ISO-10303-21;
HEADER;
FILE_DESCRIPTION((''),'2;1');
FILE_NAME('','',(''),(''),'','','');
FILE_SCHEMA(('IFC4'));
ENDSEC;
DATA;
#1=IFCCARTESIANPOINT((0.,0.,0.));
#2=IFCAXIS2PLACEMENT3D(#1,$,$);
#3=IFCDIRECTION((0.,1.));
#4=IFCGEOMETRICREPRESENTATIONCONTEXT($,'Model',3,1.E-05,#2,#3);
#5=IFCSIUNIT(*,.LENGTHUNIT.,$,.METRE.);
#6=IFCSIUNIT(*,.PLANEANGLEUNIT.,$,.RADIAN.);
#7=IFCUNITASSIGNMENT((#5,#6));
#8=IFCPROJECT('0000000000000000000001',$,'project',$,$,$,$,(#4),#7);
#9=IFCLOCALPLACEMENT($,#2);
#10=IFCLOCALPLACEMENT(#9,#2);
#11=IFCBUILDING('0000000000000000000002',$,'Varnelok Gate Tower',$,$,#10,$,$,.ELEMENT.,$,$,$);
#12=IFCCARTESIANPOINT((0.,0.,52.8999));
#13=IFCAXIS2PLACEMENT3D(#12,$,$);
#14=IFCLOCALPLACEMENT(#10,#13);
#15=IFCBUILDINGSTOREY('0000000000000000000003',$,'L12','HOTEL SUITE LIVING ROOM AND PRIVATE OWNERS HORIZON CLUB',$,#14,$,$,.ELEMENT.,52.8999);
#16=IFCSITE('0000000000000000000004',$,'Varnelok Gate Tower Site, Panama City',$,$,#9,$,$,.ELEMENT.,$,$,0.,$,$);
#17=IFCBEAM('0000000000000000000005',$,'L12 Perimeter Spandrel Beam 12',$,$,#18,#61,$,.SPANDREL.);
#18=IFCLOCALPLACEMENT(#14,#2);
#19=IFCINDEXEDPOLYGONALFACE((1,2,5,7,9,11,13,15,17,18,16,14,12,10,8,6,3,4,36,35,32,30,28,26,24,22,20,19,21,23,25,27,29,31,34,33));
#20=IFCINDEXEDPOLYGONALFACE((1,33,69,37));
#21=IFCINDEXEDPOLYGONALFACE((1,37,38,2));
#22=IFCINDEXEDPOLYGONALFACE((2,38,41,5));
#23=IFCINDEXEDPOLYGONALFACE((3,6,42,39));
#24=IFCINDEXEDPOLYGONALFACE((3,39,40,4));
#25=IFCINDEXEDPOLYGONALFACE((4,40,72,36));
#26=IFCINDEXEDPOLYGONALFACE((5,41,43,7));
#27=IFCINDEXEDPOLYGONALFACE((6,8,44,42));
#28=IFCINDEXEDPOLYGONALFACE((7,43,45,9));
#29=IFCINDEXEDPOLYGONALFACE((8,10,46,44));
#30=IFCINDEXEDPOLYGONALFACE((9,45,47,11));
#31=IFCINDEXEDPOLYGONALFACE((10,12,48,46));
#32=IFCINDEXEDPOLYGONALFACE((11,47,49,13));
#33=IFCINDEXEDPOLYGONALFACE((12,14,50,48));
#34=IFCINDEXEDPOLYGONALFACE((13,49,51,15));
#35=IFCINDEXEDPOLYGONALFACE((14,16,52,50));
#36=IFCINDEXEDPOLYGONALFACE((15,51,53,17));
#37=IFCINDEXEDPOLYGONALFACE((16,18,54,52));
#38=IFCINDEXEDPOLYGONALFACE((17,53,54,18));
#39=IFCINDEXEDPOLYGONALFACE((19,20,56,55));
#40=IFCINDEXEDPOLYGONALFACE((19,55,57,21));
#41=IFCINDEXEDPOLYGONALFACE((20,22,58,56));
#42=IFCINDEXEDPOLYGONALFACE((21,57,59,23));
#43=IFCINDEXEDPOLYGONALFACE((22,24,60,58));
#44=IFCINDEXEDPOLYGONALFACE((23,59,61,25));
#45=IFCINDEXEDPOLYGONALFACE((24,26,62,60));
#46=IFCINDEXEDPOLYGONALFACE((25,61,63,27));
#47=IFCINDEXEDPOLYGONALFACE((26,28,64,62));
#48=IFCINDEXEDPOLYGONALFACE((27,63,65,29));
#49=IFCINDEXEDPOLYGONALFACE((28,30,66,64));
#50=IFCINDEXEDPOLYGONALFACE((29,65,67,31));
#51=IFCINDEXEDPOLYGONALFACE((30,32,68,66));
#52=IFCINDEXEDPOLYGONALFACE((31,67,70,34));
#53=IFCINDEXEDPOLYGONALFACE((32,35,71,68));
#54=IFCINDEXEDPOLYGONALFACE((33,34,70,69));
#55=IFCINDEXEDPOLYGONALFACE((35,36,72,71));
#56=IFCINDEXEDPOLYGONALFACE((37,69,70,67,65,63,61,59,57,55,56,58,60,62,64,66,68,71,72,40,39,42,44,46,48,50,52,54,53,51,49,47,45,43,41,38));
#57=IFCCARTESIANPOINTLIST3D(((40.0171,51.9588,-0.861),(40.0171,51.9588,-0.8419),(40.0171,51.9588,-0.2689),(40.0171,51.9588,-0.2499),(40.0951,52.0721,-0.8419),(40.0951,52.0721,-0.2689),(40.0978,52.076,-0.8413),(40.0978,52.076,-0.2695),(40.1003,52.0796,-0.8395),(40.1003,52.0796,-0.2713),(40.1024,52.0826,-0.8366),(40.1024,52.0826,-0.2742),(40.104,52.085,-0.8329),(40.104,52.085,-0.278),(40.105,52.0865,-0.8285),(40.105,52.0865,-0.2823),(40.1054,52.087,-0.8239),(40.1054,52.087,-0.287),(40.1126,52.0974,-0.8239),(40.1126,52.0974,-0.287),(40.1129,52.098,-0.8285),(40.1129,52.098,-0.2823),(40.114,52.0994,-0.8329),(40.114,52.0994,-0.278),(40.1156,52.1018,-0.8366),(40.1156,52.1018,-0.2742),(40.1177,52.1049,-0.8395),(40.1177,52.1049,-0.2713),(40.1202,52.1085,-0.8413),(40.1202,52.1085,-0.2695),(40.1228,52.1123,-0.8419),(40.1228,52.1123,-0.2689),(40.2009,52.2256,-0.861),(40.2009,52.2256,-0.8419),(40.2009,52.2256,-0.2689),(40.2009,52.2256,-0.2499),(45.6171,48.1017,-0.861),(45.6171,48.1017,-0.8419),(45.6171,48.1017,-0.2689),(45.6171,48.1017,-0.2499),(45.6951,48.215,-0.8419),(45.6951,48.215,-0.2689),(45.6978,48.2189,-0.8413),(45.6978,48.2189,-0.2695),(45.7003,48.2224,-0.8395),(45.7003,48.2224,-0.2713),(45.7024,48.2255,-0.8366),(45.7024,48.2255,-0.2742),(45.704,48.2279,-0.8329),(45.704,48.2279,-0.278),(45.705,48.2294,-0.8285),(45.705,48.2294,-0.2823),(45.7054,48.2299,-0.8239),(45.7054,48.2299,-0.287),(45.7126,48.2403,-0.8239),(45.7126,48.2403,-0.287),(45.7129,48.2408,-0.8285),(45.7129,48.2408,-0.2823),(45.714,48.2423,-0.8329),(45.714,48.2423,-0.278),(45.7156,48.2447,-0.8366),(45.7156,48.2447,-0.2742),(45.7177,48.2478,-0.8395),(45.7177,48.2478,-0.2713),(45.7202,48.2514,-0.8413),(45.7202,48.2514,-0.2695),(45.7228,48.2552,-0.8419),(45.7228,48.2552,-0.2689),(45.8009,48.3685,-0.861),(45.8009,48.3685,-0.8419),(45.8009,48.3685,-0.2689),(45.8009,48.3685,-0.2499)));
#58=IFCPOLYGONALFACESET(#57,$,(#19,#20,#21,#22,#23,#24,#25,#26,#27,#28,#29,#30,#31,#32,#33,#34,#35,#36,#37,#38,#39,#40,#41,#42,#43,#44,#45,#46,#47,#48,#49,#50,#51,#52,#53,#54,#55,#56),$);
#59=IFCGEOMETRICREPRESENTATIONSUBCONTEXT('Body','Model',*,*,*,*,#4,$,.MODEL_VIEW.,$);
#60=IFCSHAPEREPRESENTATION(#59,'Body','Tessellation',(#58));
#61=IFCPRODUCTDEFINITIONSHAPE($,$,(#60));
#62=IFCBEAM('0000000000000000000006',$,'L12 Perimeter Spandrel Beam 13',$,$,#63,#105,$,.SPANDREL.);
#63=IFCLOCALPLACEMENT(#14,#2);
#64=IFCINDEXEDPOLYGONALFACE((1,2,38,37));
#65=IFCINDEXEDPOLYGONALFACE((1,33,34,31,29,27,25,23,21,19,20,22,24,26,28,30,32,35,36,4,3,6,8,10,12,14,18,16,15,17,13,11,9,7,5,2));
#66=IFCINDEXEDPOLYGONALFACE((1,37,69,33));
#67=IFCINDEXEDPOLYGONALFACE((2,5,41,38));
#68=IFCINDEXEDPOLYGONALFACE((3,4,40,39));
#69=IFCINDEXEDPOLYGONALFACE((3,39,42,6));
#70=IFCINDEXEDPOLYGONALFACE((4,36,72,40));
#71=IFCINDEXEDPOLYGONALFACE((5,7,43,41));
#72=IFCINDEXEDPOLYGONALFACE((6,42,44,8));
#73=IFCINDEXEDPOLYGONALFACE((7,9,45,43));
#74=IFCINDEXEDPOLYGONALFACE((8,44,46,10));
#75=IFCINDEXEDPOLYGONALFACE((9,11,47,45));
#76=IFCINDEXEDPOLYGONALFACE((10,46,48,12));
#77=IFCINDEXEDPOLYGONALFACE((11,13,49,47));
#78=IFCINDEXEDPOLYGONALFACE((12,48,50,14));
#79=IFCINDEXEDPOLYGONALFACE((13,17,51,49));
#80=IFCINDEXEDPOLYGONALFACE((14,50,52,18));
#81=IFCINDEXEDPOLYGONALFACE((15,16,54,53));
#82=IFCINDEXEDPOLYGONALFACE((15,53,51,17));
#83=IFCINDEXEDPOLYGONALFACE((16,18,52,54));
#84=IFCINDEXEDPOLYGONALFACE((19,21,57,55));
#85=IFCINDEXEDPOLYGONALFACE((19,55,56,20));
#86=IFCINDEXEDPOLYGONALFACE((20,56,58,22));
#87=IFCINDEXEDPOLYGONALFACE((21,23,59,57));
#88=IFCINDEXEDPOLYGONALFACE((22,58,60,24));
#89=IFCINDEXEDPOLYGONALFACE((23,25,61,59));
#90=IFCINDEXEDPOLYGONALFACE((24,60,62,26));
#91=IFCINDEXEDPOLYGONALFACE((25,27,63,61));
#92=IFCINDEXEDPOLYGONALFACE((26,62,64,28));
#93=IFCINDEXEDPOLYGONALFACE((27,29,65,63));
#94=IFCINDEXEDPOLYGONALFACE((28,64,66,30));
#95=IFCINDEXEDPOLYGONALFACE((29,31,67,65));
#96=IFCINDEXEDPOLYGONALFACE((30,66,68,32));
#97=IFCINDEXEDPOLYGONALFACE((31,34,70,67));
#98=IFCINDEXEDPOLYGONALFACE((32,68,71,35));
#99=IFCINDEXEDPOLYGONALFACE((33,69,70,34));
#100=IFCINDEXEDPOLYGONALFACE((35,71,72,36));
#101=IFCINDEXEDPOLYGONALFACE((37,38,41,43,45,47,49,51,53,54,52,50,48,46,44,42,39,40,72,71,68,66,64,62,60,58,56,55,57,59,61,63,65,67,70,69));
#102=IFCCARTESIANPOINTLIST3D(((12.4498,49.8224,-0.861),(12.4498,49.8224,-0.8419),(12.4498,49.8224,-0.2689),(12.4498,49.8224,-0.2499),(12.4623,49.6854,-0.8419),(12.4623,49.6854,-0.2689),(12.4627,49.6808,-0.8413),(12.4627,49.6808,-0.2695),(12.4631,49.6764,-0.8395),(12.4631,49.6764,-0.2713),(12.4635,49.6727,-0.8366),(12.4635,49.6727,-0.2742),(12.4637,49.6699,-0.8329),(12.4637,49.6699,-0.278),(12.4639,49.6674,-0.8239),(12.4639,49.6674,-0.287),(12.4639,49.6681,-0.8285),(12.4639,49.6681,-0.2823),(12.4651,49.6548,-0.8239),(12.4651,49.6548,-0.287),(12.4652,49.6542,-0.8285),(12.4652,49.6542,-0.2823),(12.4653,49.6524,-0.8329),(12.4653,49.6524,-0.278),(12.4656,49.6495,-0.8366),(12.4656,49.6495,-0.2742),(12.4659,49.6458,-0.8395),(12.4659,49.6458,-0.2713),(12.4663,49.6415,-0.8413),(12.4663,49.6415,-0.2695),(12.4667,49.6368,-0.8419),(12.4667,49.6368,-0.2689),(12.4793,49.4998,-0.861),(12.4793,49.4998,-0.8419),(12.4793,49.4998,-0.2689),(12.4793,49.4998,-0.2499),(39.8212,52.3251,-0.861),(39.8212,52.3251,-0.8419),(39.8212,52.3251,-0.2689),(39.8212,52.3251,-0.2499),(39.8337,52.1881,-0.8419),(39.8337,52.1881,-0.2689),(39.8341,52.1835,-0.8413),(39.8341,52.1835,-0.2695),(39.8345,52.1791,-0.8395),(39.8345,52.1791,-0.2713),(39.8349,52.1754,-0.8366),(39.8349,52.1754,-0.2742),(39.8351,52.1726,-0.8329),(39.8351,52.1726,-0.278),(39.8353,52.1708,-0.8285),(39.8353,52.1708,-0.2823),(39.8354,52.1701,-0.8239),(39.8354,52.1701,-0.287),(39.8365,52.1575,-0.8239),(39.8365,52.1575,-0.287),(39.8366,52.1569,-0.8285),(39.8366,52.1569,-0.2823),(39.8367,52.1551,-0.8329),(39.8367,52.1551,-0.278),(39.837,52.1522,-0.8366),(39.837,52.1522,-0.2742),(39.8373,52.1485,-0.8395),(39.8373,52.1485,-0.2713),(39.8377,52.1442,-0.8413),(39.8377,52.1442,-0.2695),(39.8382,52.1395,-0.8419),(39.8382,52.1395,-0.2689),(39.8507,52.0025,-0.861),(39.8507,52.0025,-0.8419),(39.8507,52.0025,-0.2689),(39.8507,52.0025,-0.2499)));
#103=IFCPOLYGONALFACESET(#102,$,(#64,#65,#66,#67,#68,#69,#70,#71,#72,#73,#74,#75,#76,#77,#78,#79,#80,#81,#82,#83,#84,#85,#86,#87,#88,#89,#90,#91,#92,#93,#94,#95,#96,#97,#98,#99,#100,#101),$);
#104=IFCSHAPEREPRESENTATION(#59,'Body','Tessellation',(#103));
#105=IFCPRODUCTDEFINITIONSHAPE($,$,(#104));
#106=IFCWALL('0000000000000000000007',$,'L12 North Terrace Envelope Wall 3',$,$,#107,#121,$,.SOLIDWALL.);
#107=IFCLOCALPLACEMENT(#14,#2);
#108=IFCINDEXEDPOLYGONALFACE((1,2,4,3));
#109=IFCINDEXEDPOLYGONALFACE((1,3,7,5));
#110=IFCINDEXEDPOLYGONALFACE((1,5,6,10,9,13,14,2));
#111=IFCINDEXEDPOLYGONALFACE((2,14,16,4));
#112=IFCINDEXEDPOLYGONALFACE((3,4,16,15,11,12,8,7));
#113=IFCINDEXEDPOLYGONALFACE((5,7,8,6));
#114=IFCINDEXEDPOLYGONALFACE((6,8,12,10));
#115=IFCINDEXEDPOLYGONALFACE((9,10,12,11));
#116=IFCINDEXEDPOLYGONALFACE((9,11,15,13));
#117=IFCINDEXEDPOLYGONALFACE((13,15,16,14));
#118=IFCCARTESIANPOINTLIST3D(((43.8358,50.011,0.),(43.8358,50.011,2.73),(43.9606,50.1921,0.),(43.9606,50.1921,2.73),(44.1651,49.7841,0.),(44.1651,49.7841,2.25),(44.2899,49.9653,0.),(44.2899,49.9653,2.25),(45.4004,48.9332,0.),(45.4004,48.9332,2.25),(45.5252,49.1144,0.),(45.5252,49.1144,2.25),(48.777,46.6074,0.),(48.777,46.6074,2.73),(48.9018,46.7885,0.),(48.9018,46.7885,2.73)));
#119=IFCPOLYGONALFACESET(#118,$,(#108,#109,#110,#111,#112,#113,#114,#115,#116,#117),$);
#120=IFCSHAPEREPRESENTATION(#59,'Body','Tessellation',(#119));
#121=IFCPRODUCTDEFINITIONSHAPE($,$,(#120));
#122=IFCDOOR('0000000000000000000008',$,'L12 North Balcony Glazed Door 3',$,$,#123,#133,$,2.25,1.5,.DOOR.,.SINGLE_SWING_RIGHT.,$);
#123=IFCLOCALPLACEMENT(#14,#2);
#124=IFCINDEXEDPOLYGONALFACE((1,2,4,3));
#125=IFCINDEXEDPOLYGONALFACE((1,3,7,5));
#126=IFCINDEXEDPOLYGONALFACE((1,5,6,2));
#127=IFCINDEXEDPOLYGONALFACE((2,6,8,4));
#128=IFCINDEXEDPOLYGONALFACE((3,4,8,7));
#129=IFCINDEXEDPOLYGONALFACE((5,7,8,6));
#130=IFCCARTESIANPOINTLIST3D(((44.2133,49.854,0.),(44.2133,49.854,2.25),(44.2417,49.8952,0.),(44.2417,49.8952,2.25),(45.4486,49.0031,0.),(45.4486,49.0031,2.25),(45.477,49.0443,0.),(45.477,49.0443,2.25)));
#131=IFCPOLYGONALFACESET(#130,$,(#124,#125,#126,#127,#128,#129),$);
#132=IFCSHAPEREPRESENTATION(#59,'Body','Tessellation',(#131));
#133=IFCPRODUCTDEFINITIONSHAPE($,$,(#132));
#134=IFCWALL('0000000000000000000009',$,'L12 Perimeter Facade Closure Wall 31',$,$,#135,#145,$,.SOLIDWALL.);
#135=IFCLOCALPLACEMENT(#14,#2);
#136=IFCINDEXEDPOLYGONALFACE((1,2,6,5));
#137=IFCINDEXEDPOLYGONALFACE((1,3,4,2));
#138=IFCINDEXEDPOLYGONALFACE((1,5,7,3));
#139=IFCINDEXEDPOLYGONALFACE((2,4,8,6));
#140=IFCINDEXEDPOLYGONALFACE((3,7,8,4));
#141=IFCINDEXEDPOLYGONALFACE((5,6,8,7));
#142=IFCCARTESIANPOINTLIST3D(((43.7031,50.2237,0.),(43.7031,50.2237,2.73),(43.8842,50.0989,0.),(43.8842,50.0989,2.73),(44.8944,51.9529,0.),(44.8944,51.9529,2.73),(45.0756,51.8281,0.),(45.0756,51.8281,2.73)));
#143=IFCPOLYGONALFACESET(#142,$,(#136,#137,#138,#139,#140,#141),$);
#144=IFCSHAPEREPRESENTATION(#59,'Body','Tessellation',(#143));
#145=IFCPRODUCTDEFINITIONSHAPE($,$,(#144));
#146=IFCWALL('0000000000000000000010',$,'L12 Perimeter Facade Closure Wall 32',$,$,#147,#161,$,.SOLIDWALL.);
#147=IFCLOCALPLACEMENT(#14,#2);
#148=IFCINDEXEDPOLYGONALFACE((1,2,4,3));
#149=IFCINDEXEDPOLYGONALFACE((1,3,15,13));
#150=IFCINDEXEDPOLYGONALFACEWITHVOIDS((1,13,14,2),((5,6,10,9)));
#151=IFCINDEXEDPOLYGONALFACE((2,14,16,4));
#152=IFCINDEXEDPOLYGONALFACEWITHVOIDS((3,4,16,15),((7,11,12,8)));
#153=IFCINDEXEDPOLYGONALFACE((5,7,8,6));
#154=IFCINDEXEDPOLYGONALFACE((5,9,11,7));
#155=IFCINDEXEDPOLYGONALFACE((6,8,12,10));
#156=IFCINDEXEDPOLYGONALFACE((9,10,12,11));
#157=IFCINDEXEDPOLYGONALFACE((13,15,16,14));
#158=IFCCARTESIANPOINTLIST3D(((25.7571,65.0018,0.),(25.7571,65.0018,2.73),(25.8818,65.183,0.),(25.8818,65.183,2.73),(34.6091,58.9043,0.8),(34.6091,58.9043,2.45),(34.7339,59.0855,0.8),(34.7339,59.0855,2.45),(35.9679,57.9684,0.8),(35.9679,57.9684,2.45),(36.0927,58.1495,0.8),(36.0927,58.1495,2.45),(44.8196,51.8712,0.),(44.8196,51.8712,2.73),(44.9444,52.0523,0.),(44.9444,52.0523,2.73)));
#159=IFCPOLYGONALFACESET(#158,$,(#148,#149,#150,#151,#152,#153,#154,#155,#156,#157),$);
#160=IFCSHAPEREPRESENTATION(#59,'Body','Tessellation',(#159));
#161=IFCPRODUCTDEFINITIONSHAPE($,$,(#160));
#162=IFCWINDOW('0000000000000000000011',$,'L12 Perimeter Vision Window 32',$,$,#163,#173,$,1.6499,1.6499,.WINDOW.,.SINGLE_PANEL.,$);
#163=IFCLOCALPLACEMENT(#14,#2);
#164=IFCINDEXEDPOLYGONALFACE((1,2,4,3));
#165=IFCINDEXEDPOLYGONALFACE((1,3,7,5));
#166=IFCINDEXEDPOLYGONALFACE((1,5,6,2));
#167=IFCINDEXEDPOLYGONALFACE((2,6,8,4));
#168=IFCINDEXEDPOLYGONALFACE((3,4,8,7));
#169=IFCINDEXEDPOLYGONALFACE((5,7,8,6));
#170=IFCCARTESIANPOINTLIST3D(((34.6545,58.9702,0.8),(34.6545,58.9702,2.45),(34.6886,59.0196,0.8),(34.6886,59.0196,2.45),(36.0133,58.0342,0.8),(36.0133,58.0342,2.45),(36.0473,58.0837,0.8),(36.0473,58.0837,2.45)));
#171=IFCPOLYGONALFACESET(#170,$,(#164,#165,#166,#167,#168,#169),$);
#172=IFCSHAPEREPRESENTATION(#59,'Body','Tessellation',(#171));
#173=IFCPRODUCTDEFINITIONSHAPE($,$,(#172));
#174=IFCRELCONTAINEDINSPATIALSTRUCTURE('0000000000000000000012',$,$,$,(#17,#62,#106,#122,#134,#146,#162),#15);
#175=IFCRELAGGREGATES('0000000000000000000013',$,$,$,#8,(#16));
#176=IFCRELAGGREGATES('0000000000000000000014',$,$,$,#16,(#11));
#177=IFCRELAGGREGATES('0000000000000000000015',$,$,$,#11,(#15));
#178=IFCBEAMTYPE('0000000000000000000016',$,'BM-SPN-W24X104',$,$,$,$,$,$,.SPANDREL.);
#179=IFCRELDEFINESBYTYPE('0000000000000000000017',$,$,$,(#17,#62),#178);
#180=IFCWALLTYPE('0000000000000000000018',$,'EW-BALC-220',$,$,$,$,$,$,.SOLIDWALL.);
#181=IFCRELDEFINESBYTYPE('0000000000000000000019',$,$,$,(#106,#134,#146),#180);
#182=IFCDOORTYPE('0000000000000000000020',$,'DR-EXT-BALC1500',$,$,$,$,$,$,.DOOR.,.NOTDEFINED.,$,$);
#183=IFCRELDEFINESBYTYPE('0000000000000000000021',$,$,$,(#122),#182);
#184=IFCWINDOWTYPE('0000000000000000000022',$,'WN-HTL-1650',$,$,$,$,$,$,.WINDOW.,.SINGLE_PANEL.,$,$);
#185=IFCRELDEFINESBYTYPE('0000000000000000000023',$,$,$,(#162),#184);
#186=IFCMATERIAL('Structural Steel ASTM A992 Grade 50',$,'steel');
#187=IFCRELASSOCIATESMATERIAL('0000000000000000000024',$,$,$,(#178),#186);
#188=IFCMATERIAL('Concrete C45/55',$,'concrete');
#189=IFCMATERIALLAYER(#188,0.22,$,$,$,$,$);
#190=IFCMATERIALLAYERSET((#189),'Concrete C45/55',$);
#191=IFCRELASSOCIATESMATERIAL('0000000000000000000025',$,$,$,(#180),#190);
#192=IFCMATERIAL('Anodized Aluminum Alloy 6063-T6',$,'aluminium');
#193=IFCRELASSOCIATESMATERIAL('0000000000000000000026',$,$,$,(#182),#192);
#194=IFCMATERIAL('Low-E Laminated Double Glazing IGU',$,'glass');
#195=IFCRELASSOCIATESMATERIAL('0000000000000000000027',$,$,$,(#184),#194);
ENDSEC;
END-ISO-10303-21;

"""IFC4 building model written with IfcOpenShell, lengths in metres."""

from ifc_helpers import new_model, si_unit, direction, frame, frame_2d, origin, origin_2d, place, context, subcontext, project, spatial, rectangle, i_section, extrude, material, layer, layer_set, material_profile, profile_set, type_object, element, fill, save


model = new_model("IFC4")

# Units and contexts
model_context = context("Model", 3, precision=1e-05, world=origin(), true_north=direction((0.0, 1.0)))
body_context = subcontext(model_context, "Body", "Model", "MODEL_VIEW")
ifc_project = project(units=[si_unit("LENGTHUNIT", "METRE"), si_unit("PLANEANGLEUNIT", "RADIAN")], contexts=[model_context])

# Site, building, storey
site_placement = place(None, origin())
site = spatial("IfcSite", under=ifc_project, at=site_placement, Name="Varnelok Gate Tower Site, Panama City", CompositionType="ELEMENT", RefElevation=0.0)
building_placement = place(site_placement, origin())
building = spatial("IfcBuilding", under=site, at=building_placement, Name="Varnelok Gate Tower", CompositionType="ELEMENT")
storey_placement = place(building_placement, frame((0.0, 0.0, 52.8999)))
storey = spatial("IfcBuildingStorey", under=building, at=storey_placement, Name="L12", Description="HOTEL SUITE LIVING ROOM AND PRIVATE OWNERS HORIZON CLUB", CompositionType="ELEMENT", Elevation=52.8999)

# Shared definitions
ifc_material_1 = material(Name="Structural Steel ASTM A992 Grade 50", Category="steel")

# Beams
ifc_material_profile_1 = material_profile(ifc_material_1, i_section(OverallWidth=0.324, OverallDepth=0.6111, WebThickness=0.0127, FlangeThickness=0.019, FilletRadius=0.0181, at=origin_2d()), Name="W24X104")
ifc_profile_set_1 = profile_set([ifc_material_profile_1], Name="Structural Steel ASTM A992 Grade 50")
beam_type_1 = type_object("IfcBeamType", Name="BM-SPN-W24X104", PredefinedType="SPANDREL", material=ifc_profile_set_1)
beam_1_placement = place(storey_placement, frame((45.709, 48.2351, -0.5554), z_axis=(-0.823553, 0.567239, 0.0), x_axis=(-0.567239, -0.823553, 0.0)))
element("IfcBeam", 1, at=beam_1_placement, inside=storey, type_object=beam_type_1, Name="L12 Perimeter Spandrel Beam 12", PredefinedType="SPANDREL", context=body_context, shape_type="SweptSolid", body=[
    extrude(i_section(OverallWidth=0.324, OverallDepth=0.6111, WebThickness=0.0127, FlangeThickness=0.019, FilletRadius=0.0181, at=origin_2d()), origin(), (0.0, 0.0, 1.0), 6.7998),
])
beam_2_placement = place(storey_placement, frame((39.8359, 52.1638, -0.5554), z_axis=(-0.995846, -0.091055, 0.0), x_axis=(0.091055, -0.995846, 0.0)))
element("IfcBeam", 2, at=beam_2_placement, inside=storey, type_object=beam_type_1, Name="L12 Perimeter Spandrel Beam 13", PredefinedType="SPANDREL", context=body_context, shape_type="SweptSolid", body=[
    extrude(i_section(OverallWidth=0.324, OverallDepth=0.6111, WebThickness=0.0127, FlangeThickness=0.019, FilletRadius=0.0181, at=origin_2d()), origin(), (0.0, 0.0, 1.0), 27.4856),
])

# Wall, opening, door
ifc_material_2 = material(Name="Concrete C45/55", Category="concrete")
ifc_layer_1 = layer(ifc_material_2, 0.22)
ifc_layer_set_1 = layer_set([ifc_layer_1], Name="Concrete C45/55")
wall_type_1 = type_object("IfcWallType", Name="EW-BALC-220", PredefinedType="SOLIDWALL", material=ifc_layer_set_1)
wall_1_placement = place(storey_placement, frame((43.8982, 50.1016, 0.0), z_axis=(0.0, 0.0, 1.0), x_axis=(0.823535, -0.567266, 0.0)))
wall_1 = element("IfcWall", 3, at=wall_1_placement, inside=storey, type_object=wall_type_1, Name="L12 North Terrace Envelope Wall 3", PredefinedType="SOLIDWALL", context=body_context, shape_type="SweptSolid", body=[
    extrude(rectangle(XDim=6.0, YDim=0.22, at=frame_2d((3.0, 0.0))), origin(), (0.0, 0.0, 1.0), 2.73),
])
opening_1_placement = place(wall_1_placement, frame((0.3999, 0.0, 0.0)))
opening_1 = element("IfcOpeningElement", 4, at=opening_1_placement, cuts=wall_1, PredefinedType="OPENING", context=body_context, shape_type="SweptSolid", body=[
    extrude(rectangle(XDim=1.5, YDim=2.25, at=frame_2d((0.75, 1.125))), frame((0.0, 0.1199, 0.0), z_axis=(0.0, -1.0, 0.0), x_axis=(1.0, 0.0, 0.0)), (0.0, 0.0, 1.0), 0.24),
])
ifc_material_3 = material(Name="Anodized Aluminum Alloy 6063-T6", Category="aluminium")
door_type_1 = type_object("IfcDoorType", Name="DR-EXT-BALC1500", OperationType="NOTDEFINED", PredefinedType="DOOR", material=ifc_material_3)
door_1_placement = place(opening_1_placement, origin())
door_1 = element("IfcDoor", 5, at=door_1_placement, inside=storey, type_object=door_type_1, Name="L12 North Balcony Glazed Door 3", OperationType="SINGLE_SWING_RIGHT", OverallHeight=2.25, OverallWidth=1.5, PredefinedType="DOOR", context=body_context, shape_type="SweptSolid", body=[
    extrude(rectangle(XDim=1.5, YDim=2.25, at=frame_2d((0.75, 1.125))), frame((0.0, 0.0249, 0.0), z_axis=(0.0, -1.0, 0.0), x_axis=(1.0, 0.0, 0.0)), (0.0, 0.0, 1.0), 0.05),
])
fill(opening_1, door_1)

# Wall
wall_2_placement = place(storey_placement, frame((43.7937, 50.1614, 0.0), z_axis=(0.0, 0.0, 1.0), x_axis=(0.567353, 0.823475, 0.0)))
element("IfcWall", 6, at=wall_2_placement, inside=storey, type_object=wall_type_1, Name="L12 Perimeter Facade Closure Wall 31", PredefinedType="SOLIDWALL", context=body_context, shape_type="SweptSolid", body=[
    extrude(rectangle(XDim=2.0999, YDim=0.22, at=frame_2d((1.0498, 0.0))), origin(), (0.0, 0.0, 1.0), 2.73),
])

# Wall, opening, window
wall_3_placement = place(storey_placement, frame((44.8821, 51.9617, 0.0), z_axis=(0.0, 0.0, 1.0), x_axis=(-0.823534, 0.567266, 0.0)))
wall_3 = element("IfcWall", 7, at=wall_3_placement, inside=storey, type_object=wall_type_1, Name="L12 Perimeter Facade Closure Wall 32", PredefinedType="SOLIDWALL", context=body_context, shape_type="SweptSolid", body=[
    extrude(rectangle(XDim=23.1472, YDim=0.22, at=frame_2d((11.5737, 0.0))), origin(), (0.0, 0.0, 1.0), 2.73),
])
opening_2_placement = place(wall_3_placement, frame((10.7485, 0.0, 0.8)))
opening_2 = element("IfcOpeningElement", 8, at=opening_2_placement, cuts=wall_3, PredefinedType="OPENING", context=body_context, shape_type="SweptSolid", body=[
    extrude(rectangle(XDim=1.6499, YDim=1.6499, at=frame_2d((0.825, 0.825))), frame((0.0, 0.1199, 0.0), z_axis=(0.0, -1.0, 0.0), x_axis=(1.0, 0.0, 0.0)), (0.0, 0.0, 1.0), 0.24),
])
ifc_material_4 = material(Name="Low-E Laminated Double Glazing IGU", Category="glass")
window_type = type_object("IfcWindowType", Name="WN-HTL-1650", PartitioningType="SINGLE_PANEL", PredefinedType="WINDOW", material=ifc_material_4)
window_placement = place(opening_2_placement, origin())
window = element("IfcWindow", 9, at=window_placement, inside=storey, type_object=window_type, Name="L12 Perimeter Vision Window 32", OverallHeight=1.6499, OverallWidth=1.6499, PartitioningType="SINGLE_PANEL", PredefinedType="WINDOW", context=body_context, shape_type="SweptSolid", body=[
    extrude(rectangle(XDim=1.6499, YDim=1.6499, at=frame_2d((0.825, 0.825))), frame((0.0, 0.03, 0.0), z_axis=(0.0, -1.0, 0.0), x_axis=(1.0, 0.0, 0.0)), (0.0, 0.0, 1.0), 0.0601),
])
fill(opening_2, window)

save(model, "model.ifc")
